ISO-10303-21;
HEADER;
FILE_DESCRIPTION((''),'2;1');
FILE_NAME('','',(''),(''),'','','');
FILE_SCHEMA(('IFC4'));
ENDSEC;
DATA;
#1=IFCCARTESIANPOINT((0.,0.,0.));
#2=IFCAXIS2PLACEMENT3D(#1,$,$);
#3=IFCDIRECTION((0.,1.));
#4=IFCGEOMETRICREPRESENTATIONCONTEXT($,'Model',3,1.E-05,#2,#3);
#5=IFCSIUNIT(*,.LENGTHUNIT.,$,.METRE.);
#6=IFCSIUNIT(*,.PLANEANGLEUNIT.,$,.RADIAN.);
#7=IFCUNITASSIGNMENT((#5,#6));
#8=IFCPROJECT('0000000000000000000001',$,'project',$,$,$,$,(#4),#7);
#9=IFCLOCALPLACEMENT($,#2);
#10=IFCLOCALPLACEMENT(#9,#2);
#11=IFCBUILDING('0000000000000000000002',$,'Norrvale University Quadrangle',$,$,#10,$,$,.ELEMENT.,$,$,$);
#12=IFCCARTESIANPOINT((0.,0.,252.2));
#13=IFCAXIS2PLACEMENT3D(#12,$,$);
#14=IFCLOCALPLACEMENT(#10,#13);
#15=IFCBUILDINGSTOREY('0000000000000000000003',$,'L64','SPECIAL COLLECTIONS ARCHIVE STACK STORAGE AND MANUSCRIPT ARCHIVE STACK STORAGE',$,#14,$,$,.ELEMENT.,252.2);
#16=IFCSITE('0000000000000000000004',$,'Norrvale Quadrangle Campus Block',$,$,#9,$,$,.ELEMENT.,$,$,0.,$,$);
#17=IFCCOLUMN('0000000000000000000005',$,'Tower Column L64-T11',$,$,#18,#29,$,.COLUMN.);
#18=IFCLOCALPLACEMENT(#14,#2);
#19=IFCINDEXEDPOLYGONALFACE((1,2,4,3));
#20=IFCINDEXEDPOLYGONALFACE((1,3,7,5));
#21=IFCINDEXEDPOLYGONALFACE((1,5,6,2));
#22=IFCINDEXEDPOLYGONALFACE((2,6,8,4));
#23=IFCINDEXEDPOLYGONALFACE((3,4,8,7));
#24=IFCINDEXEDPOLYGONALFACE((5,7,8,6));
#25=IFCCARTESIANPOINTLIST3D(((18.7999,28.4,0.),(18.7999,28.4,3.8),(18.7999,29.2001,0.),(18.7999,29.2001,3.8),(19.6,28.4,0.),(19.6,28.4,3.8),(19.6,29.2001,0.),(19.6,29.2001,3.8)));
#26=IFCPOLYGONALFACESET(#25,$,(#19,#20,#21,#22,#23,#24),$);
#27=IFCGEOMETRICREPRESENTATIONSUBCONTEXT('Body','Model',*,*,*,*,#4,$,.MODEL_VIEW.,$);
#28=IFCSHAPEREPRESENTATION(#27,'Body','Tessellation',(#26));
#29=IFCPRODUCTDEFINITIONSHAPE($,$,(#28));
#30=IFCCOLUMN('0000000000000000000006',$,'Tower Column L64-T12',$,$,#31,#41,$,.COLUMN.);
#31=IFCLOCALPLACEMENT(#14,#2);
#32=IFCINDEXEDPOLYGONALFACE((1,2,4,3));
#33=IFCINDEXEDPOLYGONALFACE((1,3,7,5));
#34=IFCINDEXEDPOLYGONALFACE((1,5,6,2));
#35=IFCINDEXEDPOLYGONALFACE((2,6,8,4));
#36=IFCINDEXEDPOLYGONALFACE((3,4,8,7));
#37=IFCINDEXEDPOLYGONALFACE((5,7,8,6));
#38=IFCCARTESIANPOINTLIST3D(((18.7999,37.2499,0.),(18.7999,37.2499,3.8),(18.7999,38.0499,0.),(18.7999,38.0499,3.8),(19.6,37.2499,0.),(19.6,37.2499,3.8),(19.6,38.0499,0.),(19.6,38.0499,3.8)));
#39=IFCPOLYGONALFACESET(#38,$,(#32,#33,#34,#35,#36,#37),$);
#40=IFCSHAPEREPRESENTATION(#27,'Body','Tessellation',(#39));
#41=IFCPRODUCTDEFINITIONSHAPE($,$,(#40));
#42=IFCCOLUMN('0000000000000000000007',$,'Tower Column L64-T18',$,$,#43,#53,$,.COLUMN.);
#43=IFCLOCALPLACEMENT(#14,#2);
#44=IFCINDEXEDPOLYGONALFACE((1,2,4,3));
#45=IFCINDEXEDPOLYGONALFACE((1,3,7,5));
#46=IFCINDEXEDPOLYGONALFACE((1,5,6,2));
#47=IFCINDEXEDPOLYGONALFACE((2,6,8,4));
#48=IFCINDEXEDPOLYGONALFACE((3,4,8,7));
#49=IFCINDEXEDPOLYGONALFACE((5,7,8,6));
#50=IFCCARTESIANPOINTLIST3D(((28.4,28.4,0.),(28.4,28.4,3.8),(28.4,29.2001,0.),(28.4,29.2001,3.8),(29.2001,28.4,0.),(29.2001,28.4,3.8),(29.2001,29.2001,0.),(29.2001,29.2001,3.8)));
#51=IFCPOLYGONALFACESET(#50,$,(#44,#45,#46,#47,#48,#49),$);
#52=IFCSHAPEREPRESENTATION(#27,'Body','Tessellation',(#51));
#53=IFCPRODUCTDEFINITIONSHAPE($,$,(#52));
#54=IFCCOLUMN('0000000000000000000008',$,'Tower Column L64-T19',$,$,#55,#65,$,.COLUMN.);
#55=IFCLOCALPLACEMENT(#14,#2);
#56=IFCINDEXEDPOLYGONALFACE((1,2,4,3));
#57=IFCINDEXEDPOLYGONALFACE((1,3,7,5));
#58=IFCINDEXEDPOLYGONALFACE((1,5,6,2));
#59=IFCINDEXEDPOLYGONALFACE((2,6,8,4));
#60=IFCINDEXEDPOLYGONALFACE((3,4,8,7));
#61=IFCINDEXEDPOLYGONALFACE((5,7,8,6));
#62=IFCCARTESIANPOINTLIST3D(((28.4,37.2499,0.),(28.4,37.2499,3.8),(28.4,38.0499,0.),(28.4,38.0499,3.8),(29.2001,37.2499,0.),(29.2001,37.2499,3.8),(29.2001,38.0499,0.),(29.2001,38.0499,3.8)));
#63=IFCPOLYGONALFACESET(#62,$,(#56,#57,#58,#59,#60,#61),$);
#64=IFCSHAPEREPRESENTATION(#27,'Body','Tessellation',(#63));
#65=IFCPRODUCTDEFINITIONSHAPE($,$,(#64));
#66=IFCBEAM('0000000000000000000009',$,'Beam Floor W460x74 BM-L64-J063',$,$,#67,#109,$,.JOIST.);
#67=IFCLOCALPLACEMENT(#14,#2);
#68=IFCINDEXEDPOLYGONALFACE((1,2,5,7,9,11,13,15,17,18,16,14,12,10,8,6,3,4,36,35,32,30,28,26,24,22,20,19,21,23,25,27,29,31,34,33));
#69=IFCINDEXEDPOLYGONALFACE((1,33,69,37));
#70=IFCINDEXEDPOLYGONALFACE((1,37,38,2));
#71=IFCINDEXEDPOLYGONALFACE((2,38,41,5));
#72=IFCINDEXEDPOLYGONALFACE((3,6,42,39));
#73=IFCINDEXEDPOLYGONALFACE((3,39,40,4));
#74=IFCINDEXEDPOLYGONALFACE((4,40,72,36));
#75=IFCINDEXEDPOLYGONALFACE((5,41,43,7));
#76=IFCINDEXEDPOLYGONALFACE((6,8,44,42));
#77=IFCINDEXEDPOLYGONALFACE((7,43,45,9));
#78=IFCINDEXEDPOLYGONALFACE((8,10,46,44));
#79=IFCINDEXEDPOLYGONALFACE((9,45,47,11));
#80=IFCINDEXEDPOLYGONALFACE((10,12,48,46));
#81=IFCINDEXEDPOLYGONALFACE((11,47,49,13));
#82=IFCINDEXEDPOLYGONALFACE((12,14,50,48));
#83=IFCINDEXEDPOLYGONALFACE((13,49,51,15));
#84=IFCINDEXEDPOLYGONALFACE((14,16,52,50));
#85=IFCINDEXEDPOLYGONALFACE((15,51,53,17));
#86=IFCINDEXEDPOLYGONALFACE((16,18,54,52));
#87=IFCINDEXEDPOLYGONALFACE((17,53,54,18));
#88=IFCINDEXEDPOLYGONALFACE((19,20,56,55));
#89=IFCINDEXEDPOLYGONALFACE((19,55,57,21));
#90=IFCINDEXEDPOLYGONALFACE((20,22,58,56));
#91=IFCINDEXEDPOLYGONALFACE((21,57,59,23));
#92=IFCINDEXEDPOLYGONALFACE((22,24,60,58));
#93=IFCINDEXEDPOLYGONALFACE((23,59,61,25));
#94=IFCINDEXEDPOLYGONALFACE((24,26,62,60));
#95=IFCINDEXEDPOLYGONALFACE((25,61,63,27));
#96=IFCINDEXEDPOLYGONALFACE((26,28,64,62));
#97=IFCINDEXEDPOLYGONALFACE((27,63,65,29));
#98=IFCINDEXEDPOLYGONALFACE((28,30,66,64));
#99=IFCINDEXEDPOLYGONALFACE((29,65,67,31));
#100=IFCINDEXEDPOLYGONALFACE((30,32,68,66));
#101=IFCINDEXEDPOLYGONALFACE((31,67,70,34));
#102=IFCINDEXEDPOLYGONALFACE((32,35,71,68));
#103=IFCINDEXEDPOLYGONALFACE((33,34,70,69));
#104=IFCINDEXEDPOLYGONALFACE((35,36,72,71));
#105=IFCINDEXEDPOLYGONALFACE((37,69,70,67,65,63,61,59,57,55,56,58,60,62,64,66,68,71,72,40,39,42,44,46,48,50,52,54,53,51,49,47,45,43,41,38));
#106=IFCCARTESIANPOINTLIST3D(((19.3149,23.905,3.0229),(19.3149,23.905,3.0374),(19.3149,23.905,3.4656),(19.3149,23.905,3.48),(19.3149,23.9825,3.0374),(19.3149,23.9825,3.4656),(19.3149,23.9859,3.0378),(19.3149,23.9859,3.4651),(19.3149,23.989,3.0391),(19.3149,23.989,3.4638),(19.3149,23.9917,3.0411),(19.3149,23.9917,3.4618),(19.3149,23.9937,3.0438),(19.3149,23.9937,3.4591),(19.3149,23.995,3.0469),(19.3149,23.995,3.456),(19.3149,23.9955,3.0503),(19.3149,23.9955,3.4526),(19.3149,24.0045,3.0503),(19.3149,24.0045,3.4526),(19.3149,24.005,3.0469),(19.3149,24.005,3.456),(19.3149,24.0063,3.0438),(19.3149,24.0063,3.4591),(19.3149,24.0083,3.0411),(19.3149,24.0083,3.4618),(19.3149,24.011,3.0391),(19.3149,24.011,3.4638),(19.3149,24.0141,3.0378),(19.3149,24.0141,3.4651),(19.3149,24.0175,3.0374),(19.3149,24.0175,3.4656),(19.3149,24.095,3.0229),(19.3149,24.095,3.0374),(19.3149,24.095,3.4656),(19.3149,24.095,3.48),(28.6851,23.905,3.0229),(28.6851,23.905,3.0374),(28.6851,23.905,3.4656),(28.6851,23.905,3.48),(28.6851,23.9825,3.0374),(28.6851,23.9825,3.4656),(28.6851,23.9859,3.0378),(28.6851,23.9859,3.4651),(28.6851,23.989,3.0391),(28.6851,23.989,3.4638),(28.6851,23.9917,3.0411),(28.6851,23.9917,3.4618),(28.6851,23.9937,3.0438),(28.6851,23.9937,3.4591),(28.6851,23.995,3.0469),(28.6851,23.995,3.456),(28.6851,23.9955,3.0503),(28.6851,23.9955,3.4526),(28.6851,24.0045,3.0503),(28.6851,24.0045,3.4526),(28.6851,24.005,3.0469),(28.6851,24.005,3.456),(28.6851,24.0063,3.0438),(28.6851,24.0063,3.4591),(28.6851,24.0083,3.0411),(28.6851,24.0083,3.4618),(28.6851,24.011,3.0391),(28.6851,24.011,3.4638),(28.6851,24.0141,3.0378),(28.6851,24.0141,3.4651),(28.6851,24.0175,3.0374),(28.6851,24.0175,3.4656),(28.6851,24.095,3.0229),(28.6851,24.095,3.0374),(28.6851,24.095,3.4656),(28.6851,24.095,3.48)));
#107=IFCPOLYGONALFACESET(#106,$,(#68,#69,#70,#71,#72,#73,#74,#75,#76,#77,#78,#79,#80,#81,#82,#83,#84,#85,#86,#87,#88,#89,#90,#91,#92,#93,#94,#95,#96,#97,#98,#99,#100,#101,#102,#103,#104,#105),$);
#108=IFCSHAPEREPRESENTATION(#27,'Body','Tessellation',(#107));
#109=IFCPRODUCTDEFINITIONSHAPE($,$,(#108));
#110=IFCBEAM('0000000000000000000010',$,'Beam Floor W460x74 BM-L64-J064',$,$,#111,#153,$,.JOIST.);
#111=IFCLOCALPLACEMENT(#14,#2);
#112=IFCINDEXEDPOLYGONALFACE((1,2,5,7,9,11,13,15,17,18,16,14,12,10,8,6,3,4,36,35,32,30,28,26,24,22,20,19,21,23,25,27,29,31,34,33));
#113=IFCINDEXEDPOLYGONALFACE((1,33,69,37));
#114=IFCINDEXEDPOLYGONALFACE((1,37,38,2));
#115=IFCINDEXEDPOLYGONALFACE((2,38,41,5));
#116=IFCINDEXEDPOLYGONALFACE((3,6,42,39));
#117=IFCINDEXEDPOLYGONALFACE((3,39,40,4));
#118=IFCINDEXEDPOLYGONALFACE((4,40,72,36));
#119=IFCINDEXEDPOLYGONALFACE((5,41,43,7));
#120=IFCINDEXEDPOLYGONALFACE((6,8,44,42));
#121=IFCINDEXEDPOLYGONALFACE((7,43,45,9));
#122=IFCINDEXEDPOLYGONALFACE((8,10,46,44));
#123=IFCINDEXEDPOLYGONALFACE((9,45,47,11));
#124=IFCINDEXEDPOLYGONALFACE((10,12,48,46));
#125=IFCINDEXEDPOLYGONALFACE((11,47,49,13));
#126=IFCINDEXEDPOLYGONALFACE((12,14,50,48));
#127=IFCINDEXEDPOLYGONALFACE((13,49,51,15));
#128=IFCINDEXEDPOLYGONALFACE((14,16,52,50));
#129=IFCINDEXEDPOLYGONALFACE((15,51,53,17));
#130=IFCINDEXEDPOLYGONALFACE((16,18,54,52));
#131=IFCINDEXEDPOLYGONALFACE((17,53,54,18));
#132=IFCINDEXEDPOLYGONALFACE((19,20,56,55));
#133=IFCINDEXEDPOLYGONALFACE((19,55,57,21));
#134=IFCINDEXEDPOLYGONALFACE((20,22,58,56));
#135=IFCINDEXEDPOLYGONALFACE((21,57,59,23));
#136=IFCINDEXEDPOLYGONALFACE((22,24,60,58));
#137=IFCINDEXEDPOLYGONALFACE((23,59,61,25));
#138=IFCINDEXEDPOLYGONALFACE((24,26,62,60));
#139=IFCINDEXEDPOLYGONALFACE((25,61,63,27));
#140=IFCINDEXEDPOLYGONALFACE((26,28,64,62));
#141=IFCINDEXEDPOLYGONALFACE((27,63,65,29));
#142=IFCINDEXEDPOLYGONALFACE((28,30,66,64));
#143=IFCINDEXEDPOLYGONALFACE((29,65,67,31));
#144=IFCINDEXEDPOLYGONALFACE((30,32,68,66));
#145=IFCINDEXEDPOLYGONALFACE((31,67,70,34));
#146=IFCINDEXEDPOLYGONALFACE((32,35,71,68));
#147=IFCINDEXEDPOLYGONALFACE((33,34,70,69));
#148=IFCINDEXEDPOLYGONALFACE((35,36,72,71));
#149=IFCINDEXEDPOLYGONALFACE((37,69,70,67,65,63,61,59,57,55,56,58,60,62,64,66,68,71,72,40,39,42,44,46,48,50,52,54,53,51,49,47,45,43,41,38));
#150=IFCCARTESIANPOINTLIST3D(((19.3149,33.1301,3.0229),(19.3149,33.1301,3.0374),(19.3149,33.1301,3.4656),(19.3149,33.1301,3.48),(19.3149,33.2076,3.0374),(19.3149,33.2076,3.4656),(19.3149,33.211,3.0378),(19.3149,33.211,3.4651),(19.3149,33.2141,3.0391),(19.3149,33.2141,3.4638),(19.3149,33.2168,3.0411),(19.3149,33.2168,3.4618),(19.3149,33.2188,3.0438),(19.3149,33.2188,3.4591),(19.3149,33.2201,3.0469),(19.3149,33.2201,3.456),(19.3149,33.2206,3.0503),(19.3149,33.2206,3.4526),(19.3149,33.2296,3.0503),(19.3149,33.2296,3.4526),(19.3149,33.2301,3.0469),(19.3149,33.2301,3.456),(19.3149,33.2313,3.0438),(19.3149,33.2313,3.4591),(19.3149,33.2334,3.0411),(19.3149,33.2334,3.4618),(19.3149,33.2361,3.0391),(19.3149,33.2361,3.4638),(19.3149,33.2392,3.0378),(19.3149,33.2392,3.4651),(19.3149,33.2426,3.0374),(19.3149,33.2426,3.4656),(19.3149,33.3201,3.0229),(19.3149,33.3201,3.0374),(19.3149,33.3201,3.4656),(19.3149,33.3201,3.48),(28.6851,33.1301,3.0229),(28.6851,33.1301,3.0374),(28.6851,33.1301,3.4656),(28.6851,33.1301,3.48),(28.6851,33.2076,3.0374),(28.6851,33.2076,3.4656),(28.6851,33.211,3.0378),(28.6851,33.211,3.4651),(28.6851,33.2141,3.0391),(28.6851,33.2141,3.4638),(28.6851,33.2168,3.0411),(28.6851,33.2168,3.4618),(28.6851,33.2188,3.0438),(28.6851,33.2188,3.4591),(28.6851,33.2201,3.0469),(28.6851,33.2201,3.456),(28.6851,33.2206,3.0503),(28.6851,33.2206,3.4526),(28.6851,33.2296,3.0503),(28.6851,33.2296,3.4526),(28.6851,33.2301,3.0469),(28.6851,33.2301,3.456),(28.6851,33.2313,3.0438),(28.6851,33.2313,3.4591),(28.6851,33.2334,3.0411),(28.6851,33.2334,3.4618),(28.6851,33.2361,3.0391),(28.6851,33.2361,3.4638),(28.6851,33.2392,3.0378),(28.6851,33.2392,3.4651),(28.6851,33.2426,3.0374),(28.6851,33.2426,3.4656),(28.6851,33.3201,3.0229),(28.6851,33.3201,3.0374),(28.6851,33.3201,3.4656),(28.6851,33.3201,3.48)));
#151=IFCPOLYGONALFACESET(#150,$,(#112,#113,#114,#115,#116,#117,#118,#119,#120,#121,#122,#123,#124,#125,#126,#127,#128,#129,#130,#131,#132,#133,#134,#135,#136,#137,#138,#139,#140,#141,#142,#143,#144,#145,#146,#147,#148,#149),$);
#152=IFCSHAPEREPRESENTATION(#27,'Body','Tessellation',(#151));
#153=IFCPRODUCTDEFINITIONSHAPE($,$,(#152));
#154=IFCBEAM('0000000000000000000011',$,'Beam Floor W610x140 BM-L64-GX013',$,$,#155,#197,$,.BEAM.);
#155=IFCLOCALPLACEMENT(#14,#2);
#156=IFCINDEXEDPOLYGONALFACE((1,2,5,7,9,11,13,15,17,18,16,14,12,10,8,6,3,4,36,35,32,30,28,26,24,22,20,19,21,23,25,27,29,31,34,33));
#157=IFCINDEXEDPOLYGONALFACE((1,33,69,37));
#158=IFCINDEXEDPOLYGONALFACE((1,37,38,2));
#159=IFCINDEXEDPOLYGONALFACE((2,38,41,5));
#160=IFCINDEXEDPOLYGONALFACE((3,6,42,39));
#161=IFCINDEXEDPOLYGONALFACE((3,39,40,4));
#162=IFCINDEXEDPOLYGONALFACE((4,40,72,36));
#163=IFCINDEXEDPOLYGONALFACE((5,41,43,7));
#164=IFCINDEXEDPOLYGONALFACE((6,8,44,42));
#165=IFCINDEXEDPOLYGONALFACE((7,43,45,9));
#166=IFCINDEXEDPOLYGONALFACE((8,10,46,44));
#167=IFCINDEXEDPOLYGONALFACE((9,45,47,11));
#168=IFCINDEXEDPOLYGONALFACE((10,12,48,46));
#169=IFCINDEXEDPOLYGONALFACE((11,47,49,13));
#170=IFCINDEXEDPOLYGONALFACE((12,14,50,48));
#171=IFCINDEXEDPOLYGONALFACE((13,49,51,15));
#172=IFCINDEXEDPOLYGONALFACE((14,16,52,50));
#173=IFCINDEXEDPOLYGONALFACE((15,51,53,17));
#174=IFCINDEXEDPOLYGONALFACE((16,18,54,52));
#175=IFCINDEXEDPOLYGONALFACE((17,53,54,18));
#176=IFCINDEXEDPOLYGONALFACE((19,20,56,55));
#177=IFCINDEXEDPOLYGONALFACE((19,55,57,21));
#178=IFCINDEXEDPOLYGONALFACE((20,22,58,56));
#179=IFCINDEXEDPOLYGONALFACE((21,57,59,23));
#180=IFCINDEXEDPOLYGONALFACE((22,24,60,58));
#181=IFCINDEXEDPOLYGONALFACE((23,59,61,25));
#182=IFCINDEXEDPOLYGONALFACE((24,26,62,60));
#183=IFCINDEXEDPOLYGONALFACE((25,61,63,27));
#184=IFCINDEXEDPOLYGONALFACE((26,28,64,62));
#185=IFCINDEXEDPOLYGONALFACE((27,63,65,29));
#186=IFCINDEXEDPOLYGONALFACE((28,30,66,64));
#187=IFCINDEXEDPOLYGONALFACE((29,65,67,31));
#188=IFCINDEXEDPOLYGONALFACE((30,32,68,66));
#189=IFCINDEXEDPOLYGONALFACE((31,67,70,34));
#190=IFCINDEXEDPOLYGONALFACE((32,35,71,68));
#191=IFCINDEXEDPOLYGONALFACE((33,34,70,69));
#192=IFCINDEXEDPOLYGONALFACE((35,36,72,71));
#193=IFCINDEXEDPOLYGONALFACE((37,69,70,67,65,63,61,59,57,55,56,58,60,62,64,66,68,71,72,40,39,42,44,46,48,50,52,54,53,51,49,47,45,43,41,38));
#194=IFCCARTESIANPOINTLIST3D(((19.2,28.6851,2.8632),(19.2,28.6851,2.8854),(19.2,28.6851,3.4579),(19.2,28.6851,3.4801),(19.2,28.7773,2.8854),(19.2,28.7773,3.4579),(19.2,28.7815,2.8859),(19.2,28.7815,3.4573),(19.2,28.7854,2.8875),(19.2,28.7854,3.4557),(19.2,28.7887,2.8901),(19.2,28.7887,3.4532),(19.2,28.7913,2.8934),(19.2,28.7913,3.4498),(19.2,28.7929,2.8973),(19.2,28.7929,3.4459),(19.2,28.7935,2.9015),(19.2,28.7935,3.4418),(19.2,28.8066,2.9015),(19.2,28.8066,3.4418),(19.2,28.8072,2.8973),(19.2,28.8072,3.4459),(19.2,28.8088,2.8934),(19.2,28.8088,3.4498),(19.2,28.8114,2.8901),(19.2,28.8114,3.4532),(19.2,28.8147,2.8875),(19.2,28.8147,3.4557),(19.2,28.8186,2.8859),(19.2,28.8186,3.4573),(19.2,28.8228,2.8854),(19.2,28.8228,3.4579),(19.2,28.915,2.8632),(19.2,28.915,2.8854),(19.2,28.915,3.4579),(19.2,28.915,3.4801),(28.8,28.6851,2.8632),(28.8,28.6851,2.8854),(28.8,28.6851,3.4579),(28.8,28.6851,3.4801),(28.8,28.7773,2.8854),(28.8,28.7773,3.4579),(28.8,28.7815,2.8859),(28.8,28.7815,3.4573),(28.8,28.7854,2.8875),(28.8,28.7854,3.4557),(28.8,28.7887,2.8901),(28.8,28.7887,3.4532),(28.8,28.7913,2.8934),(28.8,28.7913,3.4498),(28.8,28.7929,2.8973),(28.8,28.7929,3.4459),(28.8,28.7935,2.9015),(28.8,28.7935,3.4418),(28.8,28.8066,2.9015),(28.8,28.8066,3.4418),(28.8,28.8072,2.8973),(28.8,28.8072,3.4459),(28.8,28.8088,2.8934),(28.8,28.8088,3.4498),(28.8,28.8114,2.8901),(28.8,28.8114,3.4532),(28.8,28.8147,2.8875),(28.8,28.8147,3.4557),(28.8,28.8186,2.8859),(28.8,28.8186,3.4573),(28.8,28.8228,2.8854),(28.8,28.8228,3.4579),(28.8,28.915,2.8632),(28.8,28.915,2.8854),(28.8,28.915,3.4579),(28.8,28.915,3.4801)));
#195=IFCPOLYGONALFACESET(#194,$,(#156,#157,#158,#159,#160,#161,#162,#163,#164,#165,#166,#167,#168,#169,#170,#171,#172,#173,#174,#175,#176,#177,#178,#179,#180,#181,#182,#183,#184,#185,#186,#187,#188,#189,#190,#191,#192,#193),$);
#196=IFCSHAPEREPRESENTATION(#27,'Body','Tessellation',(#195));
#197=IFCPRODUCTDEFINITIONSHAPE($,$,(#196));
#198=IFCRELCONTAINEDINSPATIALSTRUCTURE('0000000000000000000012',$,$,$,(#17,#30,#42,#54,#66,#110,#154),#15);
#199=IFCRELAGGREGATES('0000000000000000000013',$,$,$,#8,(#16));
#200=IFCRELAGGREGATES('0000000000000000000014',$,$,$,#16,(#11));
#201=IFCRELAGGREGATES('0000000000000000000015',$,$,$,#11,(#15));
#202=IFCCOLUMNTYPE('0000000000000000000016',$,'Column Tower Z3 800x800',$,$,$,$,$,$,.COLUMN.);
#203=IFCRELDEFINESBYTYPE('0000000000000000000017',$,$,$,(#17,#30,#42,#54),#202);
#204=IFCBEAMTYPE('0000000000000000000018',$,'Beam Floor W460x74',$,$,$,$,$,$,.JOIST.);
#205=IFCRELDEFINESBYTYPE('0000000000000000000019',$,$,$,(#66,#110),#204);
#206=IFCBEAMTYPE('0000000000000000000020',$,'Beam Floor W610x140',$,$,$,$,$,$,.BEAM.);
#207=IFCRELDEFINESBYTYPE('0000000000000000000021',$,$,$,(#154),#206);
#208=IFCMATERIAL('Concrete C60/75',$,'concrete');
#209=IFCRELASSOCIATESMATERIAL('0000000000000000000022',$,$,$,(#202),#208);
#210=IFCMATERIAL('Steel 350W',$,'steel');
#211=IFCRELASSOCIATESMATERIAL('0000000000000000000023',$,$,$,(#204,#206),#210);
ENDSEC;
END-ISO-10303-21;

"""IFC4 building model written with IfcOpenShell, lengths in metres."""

from ifc_helpers import new_model, si_unit, direction, frame, origin, origin_2d, place, context, subcontext, project, spatial, rectangle, i_section, extrude, material, material_profile, profile_set, type_object, element, save


model = new_model("IFC4")

# Units and contexts
model_context = context("Model", 3, precision=1e-05, world=origin(), true_north=direction((0.0, 1.0)))
body_context = subcontext(model_context, "Body", "Model", "MODEL_VIEW")
ifc_project = project(units=[si_unit("LENGTHUNIT", "METRE"), si_unit("PLANEANGLEUNIT", "RADIAN")], contexts=[model_context])

# Site, building, storey
site_placement = place(None, origin())
site = spatial("IfcSite", under=ifc_project, at=site_placement, Name="Norrvale Quadrangle Campus Block", CompositionType="ELEMENT", RefElevation=0.0)
building_placement = place(site_placement, origin())
building = spatial("IfcBuilding", under=site, at=building_placement, Name="Norrvale University Quadrangle", CompositionType="ELEMENT")
storey_placement = place(building_placement, frame((0.0, 0.0, 252.2)))
storey = spatial("IfcBuildingStorey", under=building, at=storey_placement, Name="L64", Description="SPECIAL COLLECTIONS ARCHIVE STACK STORAGE AND MANUSCRIPT ARCHIVE STACK STORAGE", CompositionType="ELEMENT", Elevation=252.2)

# Columns
ifc_material_1 = material(Name="Concrete C60/75", Category="concrete")
ifc_material_profile_1 = material_profile(ifc_material_1, rectangle(XDim=0.8, YDim=0.8, at=origin_2d()), Name="Concrete C60/75")
ifc_profile_set_1 = profile_set([ifc_material_profile_1], Name="Concrete C60/75")
column_type = type_object("IfcColumnType", Name="Column Tower Z3 800x800", PredefinedType="COLUMN", material=ifc_profile_set_1)
for number, where, z_axis, x_axis, name in (
    (1, (19.2, 28.8, 0.0), (0.0, 0.0, 1.0), (1.0, 0.0, 0.0), "Tower Column L64-T11"),
    (2, (19.2, 37.6499, 0.0), (0.0, 0.0, 1.0), (1.0, 0.0, 0.0), "Tower Column L64-T12"),
    (3, (28.8, 28.8, 0.0), (0.0, 0.0, 1.0), (1.0, 0.0, 0.0), "Tower Column L64-T18"),
    (4, (28.8, 37.6499, 0.0), (0.0, 0.0, 1.0), (1.0, 0.0, 0.0), "Tower Column L64-T19"),
):
    element("IfcColumn", number, at=place(storey_placement, frame(where, z_axis=z_axis, x_axis=x_axis)), inside=storey, type_object=column_type, Name=name, PredefinedType="COLUMN", context=body_context, shape_type="SweptSolid", body=[
        extrude(rectangle(XDim=0.8, YDim=0.8, at=origin_2d()), origin(), (0.0, 0.0, 1.0), 3.8),
    ])

# Beams
ifc_material_2 = material(Name="Steel 350W", Category="steel")
ifc_material_profile_2 = material_profile(ifc_material_2, i_section(OverallWidth=0.1899, OverallDepth=0.457, WebThickness=0.009, FlangeThickness=0.0144, FilletRadius=0.0129, at=origin_2d()), Name="Steel 350W")
ifc_profile_set_2 = profile_set([ifc_material_profile_2], Name="Steel 350W")
beam_type_1 = type_object("IfcBeamType", Name="Beam Floor W460x74", PredefinedType="JOIST", material=ifc_profile_set_2)
for number, where, z_axis, x_axis, name in (
    (5, (19.3149, 24.0, 3.2515), (1.0, 0.0, 0.0), (0.0, 1.0, 0.0), "Beam Floor W460x74 BM-L64-J063"),
    (6, (19.3149, 33.2251, 3.2515), (1.0, 0.0, 0.0), (0.0, 1.0, 0.0), "Beam Floor W460x74 BM-L64-J064"),
):
    element("IfcBeam", number, at=place(storey_placement, frame(where, z_axis=z_axis, x_axis=x_axis)), inside=storey, type_object=beam_type_1, Name=name, PredefinedType="JOIST", context=body_context, shape_type="SweptSolid", body=[
        extrude(i_section(OverallWidth=0.1899, OverallDepth=0.457, WebThickness=0.009, FlangeThickness=0.0144, FilletRadius=0.0129, at=origin_2d()), origin(), (0.0, 0.0, 1.0), 9.3701),
    ])
ifc_material_profile_3 = material_profile(ifc_material_2, i_section(OverallWidth=0.23, OverallDepth=0.6169, WebThickness=0.0132, FlangeThickness=0.0222, FilletRadius=0.0161, at=origin_2d()), Name="Steel 350W")
ifc_profile_set_3 = profile_set([ifc_material_profile_3], Name="Steel 350W")
beam_type_2 = type_object("IfcBeamType", Name="Beam Floor W610x140", PredefinedType="BEAM", material=ifc_profile_set_3)
beam_1_placement = place(storey_placement, frame((19.2, 28.8, 3.1716), z_axis=(1.0, 0.0, 0.0), x_axis=(0.0, 1.0, 0.0)))
element("IfcBeam", 7, at=beam_1_placement, inside=storey, type_object=beam_type_2, Name="Beam Floor W610x140 BM-L64-GX013", PredefinedType="BEAM", context=body_context, shape_type="SweptSolid", body=[
    extrude(i_section(OverallWidth=0.23, OverallDepth=0.6169, WebThickness=0.0132, FlangeThickness=0.0222, FilletRadius=0.0161, at=origin_2d()), origin(), (0.0, 0.0, 1.0), 9.6001),
])

save(model, "model.ifc")
